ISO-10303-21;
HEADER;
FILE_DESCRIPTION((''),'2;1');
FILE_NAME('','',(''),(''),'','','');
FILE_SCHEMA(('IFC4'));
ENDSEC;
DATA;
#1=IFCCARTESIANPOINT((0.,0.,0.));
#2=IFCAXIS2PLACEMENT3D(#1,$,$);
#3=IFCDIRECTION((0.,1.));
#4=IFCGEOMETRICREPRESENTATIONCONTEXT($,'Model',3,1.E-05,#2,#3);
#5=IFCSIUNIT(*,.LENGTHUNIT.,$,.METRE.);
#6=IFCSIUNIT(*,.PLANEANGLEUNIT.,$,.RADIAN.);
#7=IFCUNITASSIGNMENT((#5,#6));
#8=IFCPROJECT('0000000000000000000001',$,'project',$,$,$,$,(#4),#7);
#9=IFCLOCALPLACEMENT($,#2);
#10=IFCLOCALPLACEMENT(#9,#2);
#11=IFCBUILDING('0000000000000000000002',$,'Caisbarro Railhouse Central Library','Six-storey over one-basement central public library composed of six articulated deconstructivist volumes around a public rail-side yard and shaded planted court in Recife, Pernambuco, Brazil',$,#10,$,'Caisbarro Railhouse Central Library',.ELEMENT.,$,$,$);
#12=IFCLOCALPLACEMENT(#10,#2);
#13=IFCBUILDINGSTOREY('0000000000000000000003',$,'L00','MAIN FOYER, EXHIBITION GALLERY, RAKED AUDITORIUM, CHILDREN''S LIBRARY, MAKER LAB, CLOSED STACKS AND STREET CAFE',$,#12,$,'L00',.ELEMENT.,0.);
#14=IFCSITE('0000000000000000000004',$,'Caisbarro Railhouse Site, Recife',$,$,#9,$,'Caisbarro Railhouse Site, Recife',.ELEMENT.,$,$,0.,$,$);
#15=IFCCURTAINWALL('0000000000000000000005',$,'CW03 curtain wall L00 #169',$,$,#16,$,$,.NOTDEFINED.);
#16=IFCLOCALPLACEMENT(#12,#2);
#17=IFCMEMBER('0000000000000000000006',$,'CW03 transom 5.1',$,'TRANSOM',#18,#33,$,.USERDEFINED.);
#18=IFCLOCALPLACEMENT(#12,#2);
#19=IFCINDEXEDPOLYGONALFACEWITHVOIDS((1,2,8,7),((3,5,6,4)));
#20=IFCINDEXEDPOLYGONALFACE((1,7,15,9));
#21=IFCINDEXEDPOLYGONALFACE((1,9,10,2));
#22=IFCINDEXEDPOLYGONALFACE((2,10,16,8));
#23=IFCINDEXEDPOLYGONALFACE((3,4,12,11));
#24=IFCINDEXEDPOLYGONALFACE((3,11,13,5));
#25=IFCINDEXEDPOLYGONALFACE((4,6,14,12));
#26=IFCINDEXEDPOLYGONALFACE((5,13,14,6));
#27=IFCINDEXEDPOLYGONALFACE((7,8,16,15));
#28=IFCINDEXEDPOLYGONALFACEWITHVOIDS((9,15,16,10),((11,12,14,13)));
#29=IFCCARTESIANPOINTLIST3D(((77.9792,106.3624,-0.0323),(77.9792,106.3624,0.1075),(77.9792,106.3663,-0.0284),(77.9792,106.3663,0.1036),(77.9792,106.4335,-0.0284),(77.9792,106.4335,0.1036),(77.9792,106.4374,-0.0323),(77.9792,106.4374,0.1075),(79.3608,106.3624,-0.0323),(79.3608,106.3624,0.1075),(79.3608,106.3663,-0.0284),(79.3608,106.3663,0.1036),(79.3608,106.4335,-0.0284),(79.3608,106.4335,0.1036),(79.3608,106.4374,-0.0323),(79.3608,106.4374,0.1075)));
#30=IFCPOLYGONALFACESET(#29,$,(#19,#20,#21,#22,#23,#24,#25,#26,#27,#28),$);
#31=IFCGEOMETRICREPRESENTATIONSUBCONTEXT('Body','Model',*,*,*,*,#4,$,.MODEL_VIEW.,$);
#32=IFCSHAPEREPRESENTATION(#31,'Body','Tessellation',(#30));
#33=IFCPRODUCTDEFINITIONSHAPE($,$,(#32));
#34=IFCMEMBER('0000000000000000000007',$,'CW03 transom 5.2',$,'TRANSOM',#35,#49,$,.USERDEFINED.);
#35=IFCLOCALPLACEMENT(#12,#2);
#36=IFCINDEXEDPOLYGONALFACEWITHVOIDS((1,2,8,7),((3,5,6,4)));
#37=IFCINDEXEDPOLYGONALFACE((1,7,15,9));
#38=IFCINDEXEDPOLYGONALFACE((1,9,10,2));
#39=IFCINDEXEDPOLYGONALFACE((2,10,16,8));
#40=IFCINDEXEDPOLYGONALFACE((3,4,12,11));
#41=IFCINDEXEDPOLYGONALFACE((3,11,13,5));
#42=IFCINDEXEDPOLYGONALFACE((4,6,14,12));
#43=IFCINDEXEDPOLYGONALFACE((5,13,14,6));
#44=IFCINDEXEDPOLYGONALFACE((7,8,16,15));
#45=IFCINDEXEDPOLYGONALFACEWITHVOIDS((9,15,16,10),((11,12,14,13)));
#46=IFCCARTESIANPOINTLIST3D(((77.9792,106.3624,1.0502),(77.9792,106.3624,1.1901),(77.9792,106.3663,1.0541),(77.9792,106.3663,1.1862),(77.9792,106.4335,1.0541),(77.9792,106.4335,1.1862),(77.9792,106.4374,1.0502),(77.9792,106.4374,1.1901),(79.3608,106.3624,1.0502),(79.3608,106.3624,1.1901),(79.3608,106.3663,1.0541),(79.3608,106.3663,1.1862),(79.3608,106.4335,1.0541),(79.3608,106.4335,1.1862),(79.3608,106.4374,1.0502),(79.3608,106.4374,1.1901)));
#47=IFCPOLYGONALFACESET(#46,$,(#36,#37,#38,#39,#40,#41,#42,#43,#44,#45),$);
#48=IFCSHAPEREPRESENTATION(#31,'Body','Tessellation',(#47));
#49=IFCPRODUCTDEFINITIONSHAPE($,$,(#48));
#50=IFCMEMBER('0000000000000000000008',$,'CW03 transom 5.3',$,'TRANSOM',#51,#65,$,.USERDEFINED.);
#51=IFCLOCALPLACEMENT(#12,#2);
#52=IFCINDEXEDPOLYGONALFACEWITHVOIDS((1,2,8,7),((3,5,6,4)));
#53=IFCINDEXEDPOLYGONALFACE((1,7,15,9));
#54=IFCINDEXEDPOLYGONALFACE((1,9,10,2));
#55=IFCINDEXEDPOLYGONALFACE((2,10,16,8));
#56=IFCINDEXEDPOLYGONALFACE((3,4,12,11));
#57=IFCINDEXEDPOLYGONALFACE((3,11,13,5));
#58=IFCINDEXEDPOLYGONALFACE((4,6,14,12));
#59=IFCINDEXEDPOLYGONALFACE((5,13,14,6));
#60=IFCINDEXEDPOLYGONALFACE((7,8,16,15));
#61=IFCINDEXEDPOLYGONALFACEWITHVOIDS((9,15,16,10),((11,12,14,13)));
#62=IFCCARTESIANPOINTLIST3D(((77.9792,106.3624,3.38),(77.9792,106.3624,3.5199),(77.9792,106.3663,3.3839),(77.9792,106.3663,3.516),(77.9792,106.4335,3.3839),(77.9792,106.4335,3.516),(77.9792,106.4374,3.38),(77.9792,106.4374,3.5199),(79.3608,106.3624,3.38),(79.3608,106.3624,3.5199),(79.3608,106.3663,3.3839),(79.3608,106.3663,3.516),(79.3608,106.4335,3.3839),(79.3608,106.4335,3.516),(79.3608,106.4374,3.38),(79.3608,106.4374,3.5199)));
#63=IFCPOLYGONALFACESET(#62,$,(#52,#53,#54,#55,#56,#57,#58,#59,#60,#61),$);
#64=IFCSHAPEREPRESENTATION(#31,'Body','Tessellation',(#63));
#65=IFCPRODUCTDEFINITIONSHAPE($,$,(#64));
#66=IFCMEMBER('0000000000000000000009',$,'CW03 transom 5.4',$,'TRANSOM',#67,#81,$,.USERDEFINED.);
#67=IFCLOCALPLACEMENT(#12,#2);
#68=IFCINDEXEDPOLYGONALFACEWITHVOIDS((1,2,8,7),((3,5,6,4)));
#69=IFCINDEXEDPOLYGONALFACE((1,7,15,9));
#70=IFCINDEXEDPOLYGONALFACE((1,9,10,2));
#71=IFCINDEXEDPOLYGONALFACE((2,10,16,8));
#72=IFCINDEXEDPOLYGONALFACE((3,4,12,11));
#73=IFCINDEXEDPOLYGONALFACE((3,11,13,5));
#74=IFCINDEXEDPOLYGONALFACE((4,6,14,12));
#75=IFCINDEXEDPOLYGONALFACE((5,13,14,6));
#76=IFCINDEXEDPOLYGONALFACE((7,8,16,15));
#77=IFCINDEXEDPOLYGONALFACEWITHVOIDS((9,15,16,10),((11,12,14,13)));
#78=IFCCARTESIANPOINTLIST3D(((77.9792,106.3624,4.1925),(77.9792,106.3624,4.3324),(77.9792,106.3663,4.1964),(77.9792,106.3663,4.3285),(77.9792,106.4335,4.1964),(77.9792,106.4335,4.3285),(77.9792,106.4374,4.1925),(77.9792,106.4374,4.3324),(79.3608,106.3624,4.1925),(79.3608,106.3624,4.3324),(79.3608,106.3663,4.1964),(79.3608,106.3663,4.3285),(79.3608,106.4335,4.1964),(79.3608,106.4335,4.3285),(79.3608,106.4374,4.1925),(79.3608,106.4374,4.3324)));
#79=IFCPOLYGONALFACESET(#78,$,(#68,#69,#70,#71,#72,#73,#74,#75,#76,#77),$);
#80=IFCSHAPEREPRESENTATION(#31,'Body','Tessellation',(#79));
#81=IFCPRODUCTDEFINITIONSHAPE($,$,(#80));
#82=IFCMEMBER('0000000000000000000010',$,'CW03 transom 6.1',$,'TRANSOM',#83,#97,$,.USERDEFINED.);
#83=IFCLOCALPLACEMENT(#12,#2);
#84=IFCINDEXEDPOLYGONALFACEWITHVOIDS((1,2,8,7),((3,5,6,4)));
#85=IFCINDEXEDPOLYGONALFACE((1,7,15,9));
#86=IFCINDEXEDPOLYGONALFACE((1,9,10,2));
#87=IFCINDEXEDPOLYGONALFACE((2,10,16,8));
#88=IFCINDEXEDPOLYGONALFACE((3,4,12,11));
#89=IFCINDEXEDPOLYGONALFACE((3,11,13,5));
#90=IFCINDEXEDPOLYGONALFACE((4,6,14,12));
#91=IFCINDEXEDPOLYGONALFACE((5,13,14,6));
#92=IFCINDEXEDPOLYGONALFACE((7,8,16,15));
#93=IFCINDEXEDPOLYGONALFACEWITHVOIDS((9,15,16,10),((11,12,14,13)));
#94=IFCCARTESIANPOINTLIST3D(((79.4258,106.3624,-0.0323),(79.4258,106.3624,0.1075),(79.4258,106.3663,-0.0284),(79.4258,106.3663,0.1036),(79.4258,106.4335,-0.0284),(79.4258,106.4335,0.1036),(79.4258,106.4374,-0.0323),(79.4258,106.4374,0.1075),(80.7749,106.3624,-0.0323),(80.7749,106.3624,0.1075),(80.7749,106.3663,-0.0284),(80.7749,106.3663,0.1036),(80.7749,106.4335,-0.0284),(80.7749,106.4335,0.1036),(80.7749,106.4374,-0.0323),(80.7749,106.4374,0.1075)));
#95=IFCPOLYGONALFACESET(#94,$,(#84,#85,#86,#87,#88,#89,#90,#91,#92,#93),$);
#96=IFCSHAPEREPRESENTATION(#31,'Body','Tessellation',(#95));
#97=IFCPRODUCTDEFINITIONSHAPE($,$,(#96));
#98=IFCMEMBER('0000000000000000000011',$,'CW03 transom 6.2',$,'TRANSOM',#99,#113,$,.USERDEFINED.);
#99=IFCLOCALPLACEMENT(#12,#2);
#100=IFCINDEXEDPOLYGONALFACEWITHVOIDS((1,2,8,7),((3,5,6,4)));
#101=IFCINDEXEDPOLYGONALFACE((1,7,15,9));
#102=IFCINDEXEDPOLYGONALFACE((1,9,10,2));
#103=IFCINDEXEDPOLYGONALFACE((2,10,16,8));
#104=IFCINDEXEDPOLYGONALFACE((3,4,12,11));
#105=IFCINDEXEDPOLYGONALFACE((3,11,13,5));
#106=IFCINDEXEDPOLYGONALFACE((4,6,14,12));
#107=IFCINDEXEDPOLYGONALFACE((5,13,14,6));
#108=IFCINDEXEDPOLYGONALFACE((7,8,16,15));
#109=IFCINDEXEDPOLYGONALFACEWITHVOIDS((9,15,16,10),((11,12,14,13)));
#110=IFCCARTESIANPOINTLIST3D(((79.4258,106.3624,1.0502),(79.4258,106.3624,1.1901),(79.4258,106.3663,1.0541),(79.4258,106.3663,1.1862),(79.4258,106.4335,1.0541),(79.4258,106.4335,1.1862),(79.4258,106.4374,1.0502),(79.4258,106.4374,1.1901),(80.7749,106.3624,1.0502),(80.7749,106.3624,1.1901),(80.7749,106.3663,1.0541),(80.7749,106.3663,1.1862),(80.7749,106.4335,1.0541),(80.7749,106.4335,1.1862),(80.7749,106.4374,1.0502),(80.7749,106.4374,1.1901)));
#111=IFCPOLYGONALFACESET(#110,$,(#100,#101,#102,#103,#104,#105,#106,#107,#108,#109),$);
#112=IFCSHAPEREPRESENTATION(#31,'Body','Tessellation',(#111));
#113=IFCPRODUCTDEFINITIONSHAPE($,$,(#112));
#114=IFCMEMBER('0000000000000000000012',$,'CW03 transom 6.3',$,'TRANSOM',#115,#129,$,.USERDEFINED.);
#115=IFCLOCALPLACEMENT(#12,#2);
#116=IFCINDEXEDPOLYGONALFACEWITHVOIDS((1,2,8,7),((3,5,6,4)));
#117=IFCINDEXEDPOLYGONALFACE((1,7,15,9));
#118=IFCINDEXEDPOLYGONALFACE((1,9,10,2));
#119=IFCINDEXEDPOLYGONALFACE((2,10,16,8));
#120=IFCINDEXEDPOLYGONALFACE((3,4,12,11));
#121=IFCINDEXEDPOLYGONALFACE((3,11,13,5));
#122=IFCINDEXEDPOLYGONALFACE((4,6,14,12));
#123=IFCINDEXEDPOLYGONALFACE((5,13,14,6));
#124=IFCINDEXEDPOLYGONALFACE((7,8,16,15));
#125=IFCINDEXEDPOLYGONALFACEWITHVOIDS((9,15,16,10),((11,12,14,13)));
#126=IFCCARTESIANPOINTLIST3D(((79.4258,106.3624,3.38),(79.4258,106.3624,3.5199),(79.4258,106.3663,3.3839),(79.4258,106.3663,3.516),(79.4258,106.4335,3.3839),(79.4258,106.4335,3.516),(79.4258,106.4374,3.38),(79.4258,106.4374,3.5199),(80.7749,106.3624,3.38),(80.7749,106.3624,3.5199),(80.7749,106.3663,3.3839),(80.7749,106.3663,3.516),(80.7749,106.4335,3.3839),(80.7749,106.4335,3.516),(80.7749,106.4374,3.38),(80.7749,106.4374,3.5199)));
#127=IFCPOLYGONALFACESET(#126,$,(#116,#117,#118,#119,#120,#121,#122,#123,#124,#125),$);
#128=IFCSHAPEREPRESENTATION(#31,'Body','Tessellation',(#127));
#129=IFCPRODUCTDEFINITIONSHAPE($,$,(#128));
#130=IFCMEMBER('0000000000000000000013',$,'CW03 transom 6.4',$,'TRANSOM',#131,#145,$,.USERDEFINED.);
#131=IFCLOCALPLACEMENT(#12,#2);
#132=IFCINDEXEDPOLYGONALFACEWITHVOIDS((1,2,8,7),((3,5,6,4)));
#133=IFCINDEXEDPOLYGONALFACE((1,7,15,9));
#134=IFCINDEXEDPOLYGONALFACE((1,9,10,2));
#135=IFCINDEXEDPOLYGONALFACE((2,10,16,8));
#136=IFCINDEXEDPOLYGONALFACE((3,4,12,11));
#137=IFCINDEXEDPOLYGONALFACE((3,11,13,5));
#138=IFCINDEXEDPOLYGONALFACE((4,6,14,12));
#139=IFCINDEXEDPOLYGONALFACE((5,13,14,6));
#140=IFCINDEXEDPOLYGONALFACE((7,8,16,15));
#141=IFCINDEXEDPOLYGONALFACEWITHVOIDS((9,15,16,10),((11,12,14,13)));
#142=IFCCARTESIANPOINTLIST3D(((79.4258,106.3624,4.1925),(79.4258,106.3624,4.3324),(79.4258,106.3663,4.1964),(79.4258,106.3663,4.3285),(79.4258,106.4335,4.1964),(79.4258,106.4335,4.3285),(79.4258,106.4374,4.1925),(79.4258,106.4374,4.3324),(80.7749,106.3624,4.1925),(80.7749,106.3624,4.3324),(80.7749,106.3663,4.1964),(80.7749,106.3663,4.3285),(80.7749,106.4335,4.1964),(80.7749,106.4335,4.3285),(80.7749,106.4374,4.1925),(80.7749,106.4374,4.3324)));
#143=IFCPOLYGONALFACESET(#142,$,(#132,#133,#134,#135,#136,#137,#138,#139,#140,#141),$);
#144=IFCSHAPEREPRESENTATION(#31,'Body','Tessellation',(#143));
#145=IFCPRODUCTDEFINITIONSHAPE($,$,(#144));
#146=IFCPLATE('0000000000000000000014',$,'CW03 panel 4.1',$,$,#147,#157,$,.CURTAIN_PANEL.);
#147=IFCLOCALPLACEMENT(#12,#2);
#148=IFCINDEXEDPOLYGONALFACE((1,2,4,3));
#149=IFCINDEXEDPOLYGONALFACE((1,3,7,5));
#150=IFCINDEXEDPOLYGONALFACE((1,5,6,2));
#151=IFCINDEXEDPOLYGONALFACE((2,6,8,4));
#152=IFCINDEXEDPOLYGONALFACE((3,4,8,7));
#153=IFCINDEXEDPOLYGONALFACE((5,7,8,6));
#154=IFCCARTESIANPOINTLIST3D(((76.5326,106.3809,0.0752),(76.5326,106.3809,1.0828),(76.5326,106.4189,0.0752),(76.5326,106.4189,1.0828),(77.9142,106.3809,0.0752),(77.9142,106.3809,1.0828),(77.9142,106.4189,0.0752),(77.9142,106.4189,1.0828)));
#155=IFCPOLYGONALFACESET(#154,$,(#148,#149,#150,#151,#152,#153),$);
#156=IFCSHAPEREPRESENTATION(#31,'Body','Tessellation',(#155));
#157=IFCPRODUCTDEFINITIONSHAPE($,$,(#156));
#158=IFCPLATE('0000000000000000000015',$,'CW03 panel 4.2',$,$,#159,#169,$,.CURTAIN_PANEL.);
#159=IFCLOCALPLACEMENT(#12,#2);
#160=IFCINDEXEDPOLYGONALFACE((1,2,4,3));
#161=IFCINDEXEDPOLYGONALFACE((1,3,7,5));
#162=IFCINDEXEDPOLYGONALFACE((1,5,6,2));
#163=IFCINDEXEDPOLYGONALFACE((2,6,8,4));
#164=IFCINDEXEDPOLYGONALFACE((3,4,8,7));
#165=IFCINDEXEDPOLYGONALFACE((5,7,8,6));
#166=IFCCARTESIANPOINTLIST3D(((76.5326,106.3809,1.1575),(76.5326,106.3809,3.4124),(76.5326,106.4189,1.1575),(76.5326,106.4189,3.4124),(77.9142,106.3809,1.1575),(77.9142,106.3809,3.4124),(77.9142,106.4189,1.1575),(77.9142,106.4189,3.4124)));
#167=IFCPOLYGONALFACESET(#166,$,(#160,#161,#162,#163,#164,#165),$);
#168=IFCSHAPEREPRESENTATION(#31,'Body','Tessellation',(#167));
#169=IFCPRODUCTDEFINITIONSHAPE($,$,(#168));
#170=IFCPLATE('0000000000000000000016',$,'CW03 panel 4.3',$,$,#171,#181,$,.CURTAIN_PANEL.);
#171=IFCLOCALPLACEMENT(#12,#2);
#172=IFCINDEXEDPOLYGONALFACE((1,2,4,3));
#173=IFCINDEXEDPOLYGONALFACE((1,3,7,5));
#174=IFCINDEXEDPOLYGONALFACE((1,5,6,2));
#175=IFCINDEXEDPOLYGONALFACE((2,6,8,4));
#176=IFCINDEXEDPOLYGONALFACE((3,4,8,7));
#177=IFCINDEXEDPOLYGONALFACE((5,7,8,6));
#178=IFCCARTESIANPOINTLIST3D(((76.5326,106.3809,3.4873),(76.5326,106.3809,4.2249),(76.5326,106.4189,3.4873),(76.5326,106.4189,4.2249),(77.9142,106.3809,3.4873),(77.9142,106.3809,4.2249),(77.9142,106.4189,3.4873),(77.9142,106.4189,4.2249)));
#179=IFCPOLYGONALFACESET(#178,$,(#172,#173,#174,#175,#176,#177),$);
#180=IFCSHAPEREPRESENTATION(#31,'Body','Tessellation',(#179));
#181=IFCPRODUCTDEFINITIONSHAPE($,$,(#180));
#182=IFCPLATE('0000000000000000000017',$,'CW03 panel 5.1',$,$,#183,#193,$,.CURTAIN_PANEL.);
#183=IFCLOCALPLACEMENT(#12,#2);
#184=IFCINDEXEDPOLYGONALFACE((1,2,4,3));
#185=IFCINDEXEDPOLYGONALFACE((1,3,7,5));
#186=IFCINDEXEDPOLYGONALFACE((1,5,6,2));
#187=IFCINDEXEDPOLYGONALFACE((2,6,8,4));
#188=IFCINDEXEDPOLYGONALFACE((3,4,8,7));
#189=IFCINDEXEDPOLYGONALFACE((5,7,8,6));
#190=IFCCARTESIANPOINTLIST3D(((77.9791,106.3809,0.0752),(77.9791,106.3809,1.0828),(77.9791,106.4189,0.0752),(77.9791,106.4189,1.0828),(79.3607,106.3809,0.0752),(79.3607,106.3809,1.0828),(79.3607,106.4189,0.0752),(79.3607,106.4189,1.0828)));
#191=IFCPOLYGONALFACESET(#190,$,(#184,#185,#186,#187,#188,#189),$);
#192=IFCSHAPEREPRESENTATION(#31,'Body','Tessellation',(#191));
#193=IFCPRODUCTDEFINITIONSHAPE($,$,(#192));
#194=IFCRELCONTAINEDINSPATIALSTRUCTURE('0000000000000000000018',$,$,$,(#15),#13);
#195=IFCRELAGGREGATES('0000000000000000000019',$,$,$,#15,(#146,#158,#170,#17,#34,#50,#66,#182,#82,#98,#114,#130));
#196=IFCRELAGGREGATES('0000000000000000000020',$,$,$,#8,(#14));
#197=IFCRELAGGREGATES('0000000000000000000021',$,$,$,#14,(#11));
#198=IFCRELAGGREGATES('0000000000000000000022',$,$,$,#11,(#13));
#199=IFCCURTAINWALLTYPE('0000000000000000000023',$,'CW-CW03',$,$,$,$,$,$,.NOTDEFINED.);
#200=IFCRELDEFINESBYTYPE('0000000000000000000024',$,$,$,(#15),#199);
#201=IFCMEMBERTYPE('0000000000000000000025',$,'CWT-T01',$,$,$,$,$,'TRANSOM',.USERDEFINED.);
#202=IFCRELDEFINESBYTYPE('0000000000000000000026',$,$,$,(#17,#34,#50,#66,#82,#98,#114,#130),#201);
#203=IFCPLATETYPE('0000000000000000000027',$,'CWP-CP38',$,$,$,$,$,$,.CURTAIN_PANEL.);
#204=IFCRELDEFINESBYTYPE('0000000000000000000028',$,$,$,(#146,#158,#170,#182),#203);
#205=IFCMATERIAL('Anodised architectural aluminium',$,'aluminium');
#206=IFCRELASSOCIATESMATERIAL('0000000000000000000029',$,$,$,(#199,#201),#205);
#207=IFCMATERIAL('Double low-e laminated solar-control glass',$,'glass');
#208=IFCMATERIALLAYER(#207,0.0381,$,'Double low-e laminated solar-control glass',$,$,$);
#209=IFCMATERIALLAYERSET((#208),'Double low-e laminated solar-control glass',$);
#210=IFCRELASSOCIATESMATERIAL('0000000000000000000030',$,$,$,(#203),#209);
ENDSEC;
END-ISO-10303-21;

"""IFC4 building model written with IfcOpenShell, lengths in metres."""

from ifc_helpers import new_model, si_unit, direction, frame, origin, origin_2d, place, context, subcontext, project, spatial, rectangle, hollow_rectangle, extrude, material, layer, layer_set, material_profile, profile_set, type_object, element, aggregate, save


model = new_model("IFC4")

# Units and contexts
model_context = context("Model", 3, precision=1e-05, world=origin(), true_north=direction((0.0, 1.0)))
body_context = subcontext(model_context, "Body", "Model", "MODEL_VIEW")
ifc_project = project(units=[si_unit("LENGTHUNIT", "METRE"), si_unit("PLANEANGLEUNIT", "RADIAN")], contexts=[model_context])

# Site, building, storey
site_placement = place(None, origin())
site = spatial("IfcSite", under=ifc_project, at=site_placement, Name="Caisbarro Railhouse Site, Recife", LongName="Caisbarro Railhouse Site, Recife", CompositionType="ELEMENT", RefElevation=0.0)
building_placement = place(site_placement, origin())
building = spatial("IfcBuilding", under=site, at=building_placement, Name="Caisbarro Railhouse Central Library", Description="Six-storey over one-basement central public library composed of six articulated deconstructivist volumes around a public rail-side yard and shaded planted court in Recife, Pernambuco, Brazil", LongName="Caisbarro Railhouse Central Library", CompositionType="ELEMENT")
storey_placement = place(building_placement, origin())
storey = spatial("IfcBuildingStorey", under=building, at=storey_placement, Name="L00", Description="MAIN FOYER, EXHIBITION GALLERY, RAKED AUDITORIUM, CHILDREN'S LIBRARY, MAKER LAB, CLOSED STACKS AND STREET CAFE", LongName="L00", CompositionType="ELEMENT", Elevation=0.0)

# Curtain wall, members, plates
ifc_material_1 = material(Name="Anodised architectural aluminium", Category="aluminium")
curtain_wall_type = type_object("IfcCurtainWallType", Name="CW-CW03", PredefinedType="NOTDEFINED", material=ifc_material_1)
curtain_wall_placement = place(storey_placement, origin())
curtain_wall = element("IfcCurtainWall", 1, at=curtain_wall_placement, inside=storey, type_object=curtain_wall_type, Name="CW03 curtain wall L00 #169", PredefinedType="NOTDEFINED")
ifc_material_profile_1 = material_profile(ifc_material_1, hollow_rectangle(XDim=0.075, YDim=0.1399, WallThickness=0.0039, at=origin_2d()), Name="ALU-TRN-75X140")
ifc_profile_set_1 = profile_set([ifc_material_profile_1], Name="Anodised architectural aluminium")
member_type_1 = type_object("IfcMemberType", Name="CWT-T01", ElementType="TRANSOM", PredefinedType="USERDEFINED", material=ifc_profile_set_1)
member_1_placement = place(storey_placement, frame((77.9792, 106.3999, 0.0376), z_axis=(1.0, 0.0, 0.0), x_axis=(0.0, 1.0, 0.0)))
member_1 = element("IfcMember", 2, at=member_1_placement, type_object=member_type_1, Name="CW03 transom 5.1", ObjectType="TRANSOM", PredefinedType="USERDEFINED", context=body_context, shape_type="SweptSolid", body=[
    extrude(hollow_rectangle(XDim=0.075, YDim=0.1399, WallThickness=0.0039, at=origin_2d()), origin(), (0.0, 0.0, 1.0), 1.3816),
])
member_2_placement = place(storey_placement, frame((77.9792, 106.3999, 1.1201), z_axis=(1.0, 0.0, 0.0), x_axis=(0.0, 1.0, 0.0)))
member_2 = element("IfcMember", 3, at=member_2_placement, type_object=member_type_1, Name="CW03 transom 5.2", ObjectType="TRANSOM", PredefinedType="USERDEFINED", context=body_context, shape_type="SweptSolid", body=[
    extrude(hollow_rectangle(XDim=0.075, YDim=0.1399, WallThickness=0.0039, at=origin_2d()), origin(), (0.0, 0.0, 1.0), 1.3816),
])
member_3_placement = place(storey_placement, frame((77.9792, 106.3999, 3.45), z_axis=(1.0, 0.0, 0.0), x_axis=(0.0, 1.0, 0.0)))
member_3 = element("IfcMember", 4, at=member_3_placement, type_object=member_type_1, Name="CW03 transom 5.3", ObjectType="TRANSOM", PredefinedType="USERDEFINED", context=body_context, shape_type="SweptSolid", body=[
    extrude(hollow_rectangle(XDim=0.075, YDim=0.1399, WallThickness=0.0039, at=origin_2d()), origin(), (0.0, 0.0, 1.0), 1.3816),
])
member_4_placement = place(storey_placement, frame((77.9792, 106.3999, 4.2625), z_axis=(1.0, 0.0, 0.0), x_axis=(0.0, 1.0, 0.0)))
member_4 = element("IfcMember", 5, at=member_4_placement, type_object=member_type_1, Name="CW03 transom 5.4", ObjectType="TRANSOM", PredefinedType="USERDEFINED", context=body_context, shape_type="SweptSolid", body=[
    extrude(hollow_rectangle(XDim=0.075, YDim=0.1399, WallThickness=0.0039, at=origin_2d()), origin(), (0.0, 0.0, 1.0), 1.3816),
])
member_5_placement = place(storey_placement, frame((79.4258, 106.3999, 0.0376), z_axis=(1.0, 0.0, 0.0), x_axis=(0.0, 1.0, 0.0)))
member_5 = element("IfcMember", 6, at=member_5_placement, type_object=member_type_1, Name="CW03 transom 6.1", ObjectType="TRANSOM", PredefinedType="USERDEFINED", context=body_context, shape_type="SweptSolid", body=[
    extrude(hollow_rectangle(XDim=0.075, YDim=0.1399, WallThickness=0.0039, at=origin_2d()), origin(), (0.0, 0.0, 1.0), 1.3491),
])
member_6_placement = place(storey_placement, frame((79.4258, 106.3999, 1.1201), z_axis=(1.0, 0.0, 0.0), x_axis=(0.0, 1.0, 0.0)))
member_6 = element("IfcMember", 7, at=member_6_placement, type_object=member_type_1, Name="CW03 transom 6.2", ObjectType="TRANSOM", PredefinedType="USERDEFINED", context=body_context, shape_type="SweptSolid", body=[
    extrude(hollow_rectangle(XDim=0.075, YDim=0.1399, WallThickness=0.0039, at=origin_2d()), origin(), (0.0, 0.0, 1.0), 1.3491),
])
member_7_placement = place(storey_placement, frame((79.4258, 106.3999, 3.45), z_axis=(1.0, 0.0, 0.0), x_axis=(0.0, 1.0, 0.0)))
member_7 = element("IfcMember", 8, at=member_7_placement, type_object=member_type_1, Name="CW03 transom 6.3", ObjectType="TRANSOM", PredefinedType="USERDEFINED", context=body_context, shape_type="SweptSolid", body=[
    extrude(hollow_rectangle(XDim=0.075, YDim=0.1399, WallThickness=0.0039, at=origin_2d()), origin(), (0.0, 0.0, 1.0), 1.3491),
])
member_8_placement = place(storey_placement, frame((79.4258, 106.3999, 4.2625), z_axis=(1.0, 0.0, 0.0), x_axis=(0.0, 1.0, 0.0)))
member_8 = element("IfcMember", 9, at=member_8_placement, type_object=member_type_1, Name="CW03 transom 6.4", ObjectType="TRANSOM", PredefinedType="USERDEFINED", context=body_context, shape_type="SweptSolid", body=[
    extrude(hollow_rectangle(XDim=0.075, YDim=0.1399, WallThickness=0.0039, at=origin_2d()), origin(), (0.0, 0.0, 1.0), 1.3491),
])
ifc_material_2 = material(Name="Double low-e laminated solar-control glass", Category="glass")
ifc_layer_1 = layer(ifc_material_2, 0.0381, Name="Double low-e laminated solar-control glass")
ifc_layer_set_1 = layer_set([ifc_layer_1], Name="Double low-e laminated solar-control glass")
plate_type = type_object("IfcPlateType", Name="CWP-CP38", PredefinedType="CURTAIN_PANEL", material=ifc_layer_set_1)
plate_1_placement = place(storey_placement, frame((77.2234, 106.3999, 0.0752), z_axis=(0.0, 0.0, 1.0), x_axis=(1.0, 0.0, 0.0)))
plate_1 = element("IfcPlate", 10, at=plate_1_placement, type_object=plate_type, Name="CW03 panel 4.1", PredefinedType="CURTAIN_PANEL", context=body_context, shape_type="SweptSolid", body=[
    extrude(rectangle(XDim=1.3816, YDim=0.0381, at=origin_2d()), origin(), (0.0, 0.0, 1.0), 1.0076),
])
plate_2_placement = place(storey_placement, frame((77.2234, 106.3999, 1.1575), z_axis=(0.0, 0.0, 1.0), x_axis=(1.0, 0.0, 0.0)))
plate_2 = element("IfcPlate", 11, at=plate_2_placement, type_object=plate_type, Name="CW03 panel 4.2", PredefinedType="CURTAIN_PANEL", context=body_context, shape_type="SweptSolid", body=[
    extrude(rectangle(XDim=1.3816, YDim=0.0381, at=origin_2d()), origin(), (0.0, 0.0, 1.0), 2.2549),
])
plate_3_placement = place(storey_placement, frame((77.2234, 106.3999, 3.4873), z_axis=(0.0, 0.0, 1.0), x_axis=(1.0, 0.0, 0.0)))
plate_3 = element("IfcPlate", 12, at=plate_3_placement, type_object=plate_type, Name="CW03 panel 4.3", PredefinedType="CURTAIN_PANEL", context=body_context, shape_type="SweptSolid", body=[
    extrude(rectangle(XDim=1.3816, YDim=0.0381, at=origin_2d()), origin(), (0.0, 0.0, 1.0), 0.7375),
])
plate_4_placement = place(storey_placement, frame((78.6699, 106.3999, 0.0752), z_axis=(0.0, 0.0, 1.0), x_axis=(1.0, 0.0, 0.0)))
plate_4 = element("IfcPlate", 13, at=plate_4_placement, type_object=plate_type, Name="CW03 panel 5.1", PredefinedType="CURTAIN_PANEL", context=body_context, shape_type="SweptSolid", body=[
    extrude(rectangle(XDim=1.3816, YDim=0.0381, at=origin_2d()), origin(), (0.0, 0.0, 1.0), 1.0076),
])
aggregate(curtain_wall, [plate_1, plate_2, plate_3, member_1, member_2, member_3, member_4, plate_4, member_5, member_6, member_7, member_8])

save(model, "model.ifc")
